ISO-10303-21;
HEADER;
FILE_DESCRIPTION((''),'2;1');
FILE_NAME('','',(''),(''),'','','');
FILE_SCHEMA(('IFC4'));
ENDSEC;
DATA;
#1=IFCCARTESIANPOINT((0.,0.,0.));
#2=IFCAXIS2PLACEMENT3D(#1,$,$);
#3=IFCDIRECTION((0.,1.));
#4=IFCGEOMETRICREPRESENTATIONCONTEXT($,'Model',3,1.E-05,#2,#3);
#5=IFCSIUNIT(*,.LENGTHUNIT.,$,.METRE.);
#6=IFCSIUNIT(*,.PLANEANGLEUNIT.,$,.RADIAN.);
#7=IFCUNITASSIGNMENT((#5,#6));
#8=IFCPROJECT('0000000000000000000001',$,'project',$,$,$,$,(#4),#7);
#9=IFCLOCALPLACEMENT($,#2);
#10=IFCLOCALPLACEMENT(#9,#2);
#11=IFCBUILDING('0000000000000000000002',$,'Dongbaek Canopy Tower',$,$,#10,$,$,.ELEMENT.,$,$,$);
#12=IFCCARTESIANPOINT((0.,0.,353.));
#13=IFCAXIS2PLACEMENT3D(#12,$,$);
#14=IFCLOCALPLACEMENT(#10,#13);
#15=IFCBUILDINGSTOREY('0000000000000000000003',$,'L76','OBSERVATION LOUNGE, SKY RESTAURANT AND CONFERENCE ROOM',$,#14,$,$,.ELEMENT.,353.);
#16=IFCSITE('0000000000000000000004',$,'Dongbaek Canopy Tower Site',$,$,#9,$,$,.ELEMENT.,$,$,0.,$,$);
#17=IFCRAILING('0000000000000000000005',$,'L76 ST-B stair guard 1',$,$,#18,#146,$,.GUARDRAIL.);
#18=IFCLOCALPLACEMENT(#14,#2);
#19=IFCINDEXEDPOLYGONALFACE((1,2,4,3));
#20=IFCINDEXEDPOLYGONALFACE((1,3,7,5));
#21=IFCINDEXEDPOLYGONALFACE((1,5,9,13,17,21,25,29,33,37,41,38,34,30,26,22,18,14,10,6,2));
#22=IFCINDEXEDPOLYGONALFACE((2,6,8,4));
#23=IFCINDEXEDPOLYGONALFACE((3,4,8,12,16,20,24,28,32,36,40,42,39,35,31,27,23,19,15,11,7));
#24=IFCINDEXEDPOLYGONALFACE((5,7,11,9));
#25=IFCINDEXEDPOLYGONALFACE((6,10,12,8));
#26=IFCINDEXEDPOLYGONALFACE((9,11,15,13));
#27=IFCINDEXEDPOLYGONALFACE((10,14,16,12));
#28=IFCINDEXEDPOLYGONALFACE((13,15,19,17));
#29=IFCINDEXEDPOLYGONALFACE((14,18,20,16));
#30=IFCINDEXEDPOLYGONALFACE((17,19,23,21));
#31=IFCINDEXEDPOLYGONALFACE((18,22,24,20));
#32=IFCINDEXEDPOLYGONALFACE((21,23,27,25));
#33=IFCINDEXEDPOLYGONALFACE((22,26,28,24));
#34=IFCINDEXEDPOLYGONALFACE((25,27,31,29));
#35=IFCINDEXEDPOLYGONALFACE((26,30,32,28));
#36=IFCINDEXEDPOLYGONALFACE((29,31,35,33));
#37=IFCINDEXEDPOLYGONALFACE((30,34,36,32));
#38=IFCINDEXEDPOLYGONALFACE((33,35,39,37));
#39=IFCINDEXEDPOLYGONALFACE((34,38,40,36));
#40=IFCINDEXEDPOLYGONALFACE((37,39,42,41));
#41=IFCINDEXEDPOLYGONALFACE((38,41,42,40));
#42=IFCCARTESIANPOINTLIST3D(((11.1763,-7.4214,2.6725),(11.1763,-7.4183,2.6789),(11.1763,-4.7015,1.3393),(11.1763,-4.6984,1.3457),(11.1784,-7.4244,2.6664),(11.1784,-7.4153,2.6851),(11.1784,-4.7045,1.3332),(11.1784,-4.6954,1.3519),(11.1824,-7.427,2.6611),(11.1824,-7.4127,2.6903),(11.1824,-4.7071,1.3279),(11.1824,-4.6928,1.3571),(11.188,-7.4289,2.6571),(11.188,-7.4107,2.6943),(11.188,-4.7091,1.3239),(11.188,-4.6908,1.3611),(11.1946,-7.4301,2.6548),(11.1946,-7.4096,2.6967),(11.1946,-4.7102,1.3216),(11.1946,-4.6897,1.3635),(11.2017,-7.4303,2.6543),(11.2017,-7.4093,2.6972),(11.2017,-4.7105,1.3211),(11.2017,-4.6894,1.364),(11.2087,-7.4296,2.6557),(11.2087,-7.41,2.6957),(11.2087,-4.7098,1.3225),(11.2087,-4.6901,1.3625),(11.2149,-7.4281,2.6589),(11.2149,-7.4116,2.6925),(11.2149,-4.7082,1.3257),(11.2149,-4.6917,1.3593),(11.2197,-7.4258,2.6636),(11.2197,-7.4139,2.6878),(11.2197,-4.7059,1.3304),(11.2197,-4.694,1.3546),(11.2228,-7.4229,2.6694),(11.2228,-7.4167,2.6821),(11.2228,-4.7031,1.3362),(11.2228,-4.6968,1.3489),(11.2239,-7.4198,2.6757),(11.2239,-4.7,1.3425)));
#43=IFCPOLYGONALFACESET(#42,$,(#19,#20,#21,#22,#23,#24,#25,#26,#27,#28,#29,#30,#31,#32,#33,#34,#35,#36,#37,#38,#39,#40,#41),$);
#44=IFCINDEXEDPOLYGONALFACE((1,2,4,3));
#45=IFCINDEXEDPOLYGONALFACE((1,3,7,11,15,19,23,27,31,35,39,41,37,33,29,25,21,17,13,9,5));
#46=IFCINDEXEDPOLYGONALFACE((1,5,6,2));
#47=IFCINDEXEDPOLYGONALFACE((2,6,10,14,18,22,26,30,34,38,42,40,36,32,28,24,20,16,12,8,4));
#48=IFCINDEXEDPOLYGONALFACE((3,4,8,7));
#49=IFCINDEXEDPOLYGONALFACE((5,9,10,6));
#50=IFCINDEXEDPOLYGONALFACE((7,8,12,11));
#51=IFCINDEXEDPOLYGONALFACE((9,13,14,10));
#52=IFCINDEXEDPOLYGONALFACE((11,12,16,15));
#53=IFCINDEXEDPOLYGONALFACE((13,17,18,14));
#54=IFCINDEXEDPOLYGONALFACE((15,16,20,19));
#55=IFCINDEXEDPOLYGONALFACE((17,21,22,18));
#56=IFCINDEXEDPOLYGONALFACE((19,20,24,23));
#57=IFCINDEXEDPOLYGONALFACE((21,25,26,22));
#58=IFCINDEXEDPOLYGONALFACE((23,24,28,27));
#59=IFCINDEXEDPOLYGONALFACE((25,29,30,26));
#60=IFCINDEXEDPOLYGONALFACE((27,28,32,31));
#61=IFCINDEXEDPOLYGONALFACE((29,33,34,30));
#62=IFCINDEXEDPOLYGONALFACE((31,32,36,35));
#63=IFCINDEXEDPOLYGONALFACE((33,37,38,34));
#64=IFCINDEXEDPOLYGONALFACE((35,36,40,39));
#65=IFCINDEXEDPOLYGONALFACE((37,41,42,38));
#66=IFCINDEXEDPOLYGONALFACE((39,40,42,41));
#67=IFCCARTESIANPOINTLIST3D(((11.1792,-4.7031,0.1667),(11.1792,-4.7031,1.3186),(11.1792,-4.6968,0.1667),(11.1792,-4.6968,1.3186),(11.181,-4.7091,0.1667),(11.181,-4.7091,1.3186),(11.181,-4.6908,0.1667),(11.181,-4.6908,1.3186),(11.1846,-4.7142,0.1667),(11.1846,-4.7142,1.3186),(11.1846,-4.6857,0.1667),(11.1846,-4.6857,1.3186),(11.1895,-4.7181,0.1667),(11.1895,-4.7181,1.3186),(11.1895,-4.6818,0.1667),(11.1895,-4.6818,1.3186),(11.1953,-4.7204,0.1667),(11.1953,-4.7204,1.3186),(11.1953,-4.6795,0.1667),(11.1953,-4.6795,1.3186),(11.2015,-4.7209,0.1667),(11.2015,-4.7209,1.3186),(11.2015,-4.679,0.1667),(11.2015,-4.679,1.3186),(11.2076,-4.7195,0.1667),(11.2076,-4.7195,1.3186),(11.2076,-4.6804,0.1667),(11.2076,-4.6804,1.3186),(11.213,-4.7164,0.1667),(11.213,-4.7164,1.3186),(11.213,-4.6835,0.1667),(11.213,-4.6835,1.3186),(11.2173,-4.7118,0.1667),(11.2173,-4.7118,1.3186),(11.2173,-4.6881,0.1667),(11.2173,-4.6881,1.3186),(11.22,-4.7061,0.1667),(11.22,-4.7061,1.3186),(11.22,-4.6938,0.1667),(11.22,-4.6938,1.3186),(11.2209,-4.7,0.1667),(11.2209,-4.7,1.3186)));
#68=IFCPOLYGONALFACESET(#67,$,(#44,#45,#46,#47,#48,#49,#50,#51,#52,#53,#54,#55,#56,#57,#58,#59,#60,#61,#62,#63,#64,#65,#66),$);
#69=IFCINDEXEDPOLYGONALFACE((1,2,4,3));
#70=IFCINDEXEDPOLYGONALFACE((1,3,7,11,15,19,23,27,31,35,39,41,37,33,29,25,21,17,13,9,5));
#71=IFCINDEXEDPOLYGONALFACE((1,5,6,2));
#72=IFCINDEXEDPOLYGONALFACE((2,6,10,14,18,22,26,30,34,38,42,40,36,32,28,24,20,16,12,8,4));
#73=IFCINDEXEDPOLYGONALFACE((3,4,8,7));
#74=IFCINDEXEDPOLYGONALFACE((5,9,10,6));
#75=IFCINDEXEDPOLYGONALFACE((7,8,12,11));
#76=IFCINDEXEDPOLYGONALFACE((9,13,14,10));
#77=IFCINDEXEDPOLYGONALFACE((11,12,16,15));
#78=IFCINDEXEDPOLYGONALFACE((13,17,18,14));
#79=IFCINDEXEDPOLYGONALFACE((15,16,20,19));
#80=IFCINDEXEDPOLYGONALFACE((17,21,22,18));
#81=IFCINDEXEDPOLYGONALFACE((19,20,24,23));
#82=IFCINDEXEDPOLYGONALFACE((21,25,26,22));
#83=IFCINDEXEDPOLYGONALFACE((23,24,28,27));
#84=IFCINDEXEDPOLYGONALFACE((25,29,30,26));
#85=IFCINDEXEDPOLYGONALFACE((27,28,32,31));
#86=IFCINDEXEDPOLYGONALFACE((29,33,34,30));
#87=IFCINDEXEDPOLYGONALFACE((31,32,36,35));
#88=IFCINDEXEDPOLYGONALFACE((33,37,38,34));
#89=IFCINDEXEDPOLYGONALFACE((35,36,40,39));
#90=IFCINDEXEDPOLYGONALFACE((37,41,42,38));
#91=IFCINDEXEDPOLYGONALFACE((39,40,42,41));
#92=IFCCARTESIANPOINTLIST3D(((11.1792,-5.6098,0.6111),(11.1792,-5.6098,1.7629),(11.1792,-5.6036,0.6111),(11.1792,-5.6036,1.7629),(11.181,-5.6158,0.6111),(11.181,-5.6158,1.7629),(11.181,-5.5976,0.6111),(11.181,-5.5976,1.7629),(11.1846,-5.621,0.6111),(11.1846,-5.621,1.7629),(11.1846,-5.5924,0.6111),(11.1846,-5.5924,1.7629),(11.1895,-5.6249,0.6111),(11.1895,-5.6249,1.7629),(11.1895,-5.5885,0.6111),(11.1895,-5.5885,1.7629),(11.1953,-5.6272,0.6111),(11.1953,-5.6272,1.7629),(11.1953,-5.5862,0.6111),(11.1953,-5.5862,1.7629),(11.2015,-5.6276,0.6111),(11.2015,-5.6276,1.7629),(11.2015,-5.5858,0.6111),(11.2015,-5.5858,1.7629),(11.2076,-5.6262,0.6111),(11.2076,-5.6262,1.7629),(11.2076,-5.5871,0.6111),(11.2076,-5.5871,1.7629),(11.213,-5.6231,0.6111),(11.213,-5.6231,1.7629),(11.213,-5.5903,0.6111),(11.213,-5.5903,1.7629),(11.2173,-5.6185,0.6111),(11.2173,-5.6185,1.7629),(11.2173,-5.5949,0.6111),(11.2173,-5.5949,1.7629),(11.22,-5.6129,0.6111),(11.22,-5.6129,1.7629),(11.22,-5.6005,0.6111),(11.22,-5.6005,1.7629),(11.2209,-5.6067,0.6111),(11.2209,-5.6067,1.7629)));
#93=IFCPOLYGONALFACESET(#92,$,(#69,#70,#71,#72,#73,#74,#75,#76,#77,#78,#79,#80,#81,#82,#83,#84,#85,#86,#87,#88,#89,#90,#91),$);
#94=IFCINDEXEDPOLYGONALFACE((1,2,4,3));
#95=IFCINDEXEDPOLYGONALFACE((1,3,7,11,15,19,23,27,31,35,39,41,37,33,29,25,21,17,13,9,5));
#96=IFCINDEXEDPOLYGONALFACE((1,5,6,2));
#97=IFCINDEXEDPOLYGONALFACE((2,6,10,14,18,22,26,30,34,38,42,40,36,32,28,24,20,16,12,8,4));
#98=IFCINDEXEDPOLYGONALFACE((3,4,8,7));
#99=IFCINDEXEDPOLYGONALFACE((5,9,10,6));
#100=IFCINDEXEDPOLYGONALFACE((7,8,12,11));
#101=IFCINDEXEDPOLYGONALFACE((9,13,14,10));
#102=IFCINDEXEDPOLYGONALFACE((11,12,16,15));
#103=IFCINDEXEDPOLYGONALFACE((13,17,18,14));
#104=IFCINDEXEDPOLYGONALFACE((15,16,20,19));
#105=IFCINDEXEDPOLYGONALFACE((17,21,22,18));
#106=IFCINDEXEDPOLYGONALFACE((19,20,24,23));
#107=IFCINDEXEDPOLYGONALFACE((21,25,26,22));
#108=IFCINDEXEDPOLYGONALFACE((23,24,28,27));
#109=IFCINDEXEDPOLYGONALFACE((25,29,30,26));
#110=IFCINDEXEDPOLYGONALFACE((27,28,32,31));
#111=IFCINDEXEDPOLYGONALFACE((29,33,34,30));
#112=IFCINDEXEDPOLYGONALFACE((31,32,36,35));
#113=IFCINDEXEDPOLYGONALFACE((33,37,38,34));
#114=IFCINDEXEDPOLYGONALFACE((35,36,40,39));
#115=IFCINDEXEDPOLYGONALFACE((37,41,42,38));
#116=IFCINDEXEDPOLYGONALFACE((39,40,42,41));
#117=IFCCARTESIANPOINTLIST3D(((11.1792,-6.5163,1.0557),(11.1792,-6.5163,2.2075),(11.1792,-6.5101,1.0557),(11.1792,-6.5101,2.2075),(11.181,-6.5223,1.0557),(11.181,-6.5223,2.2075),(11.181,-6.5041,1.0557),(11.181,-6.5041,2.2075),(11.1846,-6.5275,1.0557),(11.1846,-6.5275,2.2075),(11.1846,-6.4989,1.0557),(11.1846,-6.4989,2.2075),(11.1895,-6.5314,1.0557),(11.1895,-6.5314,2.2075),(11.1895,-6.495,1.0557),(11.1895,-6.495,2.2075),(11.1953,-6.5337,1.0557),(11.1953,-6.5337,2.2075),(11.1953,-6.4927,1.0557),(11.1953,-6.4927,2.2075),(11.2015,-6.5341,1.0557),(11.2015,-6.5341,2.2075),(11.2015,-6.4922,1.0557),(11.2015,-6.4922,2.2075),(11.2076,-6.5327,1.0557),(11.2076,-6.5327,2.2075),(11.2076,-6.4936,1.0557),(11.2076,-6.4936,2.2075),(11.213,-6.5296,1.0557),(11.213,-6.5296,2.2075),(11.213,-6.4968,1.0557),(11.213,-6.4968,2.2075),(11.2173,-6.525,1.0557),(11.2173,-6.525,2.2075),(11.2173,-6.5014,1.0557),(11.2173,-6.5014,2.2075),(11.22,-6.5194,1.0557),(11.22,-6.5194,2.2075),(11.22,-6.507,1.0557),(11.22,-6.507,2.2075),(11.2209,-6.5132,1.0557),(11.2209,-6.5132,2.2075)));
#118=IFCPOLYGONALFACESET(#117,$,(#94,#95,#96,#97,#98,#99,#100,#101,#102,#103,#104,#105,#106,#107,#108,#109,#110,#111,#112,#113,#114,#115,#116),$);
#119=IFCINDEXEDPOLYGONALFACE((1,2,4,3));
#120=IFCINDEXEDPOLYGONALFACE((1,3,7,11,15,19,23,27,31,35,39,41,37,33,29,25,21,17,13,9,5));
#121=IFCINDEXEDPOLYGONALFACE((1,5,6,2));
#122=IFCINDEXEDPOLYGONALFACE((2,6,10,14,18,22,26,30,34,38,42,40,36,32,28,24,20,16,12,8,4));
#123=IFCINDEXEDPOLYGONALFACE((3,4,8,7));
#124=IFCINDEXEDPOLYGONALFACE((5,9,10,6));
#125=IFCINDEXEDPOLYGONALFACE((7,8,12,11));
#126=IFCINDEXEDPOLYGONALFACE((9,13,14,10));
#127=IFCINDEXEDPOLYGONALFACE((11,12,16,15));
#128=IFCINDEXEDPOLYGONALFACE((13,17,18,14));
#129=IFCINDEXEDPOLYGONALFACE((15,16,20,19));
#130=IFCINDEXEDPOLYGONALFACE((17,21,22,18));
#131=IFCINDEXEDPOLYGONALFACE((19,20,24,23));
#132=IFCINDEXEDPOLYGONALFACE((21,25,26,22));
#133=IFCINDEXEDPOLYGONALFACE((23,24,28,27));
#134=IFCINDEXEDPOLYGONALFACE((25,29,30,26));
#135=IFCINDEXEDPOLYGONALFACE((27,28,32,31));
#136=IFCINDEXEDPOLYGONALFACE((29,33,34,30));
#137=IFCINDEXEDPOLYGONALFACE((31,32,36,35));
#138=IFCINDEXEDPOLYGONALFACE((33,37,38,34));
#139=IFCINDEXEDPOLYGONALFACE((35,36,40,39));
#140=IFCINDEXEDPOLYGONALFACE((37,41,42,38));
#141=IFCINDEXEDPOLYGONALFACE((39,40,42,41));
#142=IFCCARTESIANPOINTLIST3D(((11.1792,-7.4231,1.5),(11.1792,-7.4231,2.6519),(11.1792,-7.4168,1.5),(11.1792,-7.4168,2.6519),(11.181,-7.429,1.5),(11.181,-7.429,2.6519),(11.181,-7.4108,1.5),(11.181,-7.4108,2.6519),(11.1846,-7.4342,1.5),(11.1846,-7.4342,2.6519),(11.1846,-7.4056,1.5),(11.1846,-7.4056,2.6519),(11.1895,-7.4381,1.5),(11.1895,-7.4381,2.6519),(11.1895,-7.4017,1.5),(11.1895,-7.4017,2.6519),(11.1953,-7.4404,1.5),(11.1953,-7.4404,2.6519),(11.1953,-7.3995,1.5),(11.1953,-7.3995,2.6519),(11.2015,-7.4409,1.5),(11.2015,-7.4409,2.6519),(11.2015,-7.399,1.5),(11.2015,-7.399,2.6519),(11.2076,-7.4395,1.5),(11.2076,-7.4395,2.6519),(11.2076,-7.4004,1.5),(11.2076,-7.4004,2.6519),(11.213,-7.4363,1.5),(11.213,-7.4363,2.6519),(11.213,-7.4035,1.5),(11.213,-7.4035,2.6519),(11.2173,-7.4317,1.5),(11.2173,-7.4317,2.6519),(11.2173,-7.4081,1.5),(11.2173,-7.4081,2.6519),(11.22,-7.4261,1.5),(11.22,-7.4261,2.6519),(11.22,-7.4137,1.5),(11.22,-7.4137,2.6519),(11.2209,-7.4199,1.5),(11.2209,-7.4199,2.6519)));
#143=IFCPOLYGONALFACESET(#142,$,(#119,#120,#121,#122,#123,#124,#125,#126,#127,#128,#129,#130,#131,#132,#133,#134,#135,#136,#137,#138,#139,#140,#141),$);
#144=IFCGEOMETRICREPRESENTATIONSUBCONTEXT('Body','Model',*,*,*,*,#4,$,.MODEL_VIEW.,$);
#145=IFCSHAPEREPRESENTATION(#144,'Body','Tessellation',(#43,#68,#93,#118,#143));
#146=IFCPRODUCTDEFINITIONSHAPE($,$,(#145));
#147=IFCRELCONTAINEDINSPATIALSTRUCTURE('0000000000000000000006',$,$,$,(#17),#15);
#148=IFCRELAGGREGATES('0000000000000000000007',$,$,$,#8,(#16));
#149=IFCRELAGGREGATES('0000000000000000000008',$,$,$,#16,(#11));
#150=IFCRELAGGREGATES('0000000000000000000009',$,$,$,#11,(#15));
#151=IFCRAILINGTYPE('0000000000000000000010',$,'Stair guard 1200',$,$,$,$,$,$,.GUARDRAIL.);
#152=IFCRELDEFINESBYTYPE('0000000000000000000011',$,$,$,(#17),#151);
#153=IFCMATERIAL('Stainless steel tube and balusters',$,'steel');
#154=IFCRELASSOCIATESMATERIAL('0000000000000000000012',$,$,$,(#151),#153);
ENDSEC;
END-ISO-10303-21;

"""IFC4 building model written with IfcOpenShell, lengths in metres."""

from ifc_helpers import new_model, si_unit, direction, frame, origin, origin_2d, place, context, subcontext, project, spatial, circle, extrude, material, type_object, element, save


model = new_model("IFC4")

# Units and contexts
model_context = context("Model", 3, precision=1e-05, world=origin(), true_north=direction((0.0, 1.0)))
body_context = subcontext(model_context, "Body", "Model", "MODEL_VIEW")
ifc_project = project(units=[si_unit("LENGTHUNIT", "METRE"), si_unit("PLANEANGLEUNIT", "RADIAN")], contexts=[model_context])

# Site, building, storey
site_placement = place(None, origin())
site = spatial("IfcSite", under=ifc_project, at=site_placement, Name="Dongbaek Canopy Tower Site", CompositionType="ELEMENT", RefElevation=0.0)
building_placement = place(site_placement, origin())
building = spatial("IfcBuilding", under=site, at=building_placement, Name="Dongbaek Canopy Tower", CompositionType="ELEMENT")
storey_placement = place(building_placement, frame((0.0, 0.0, 353.0)))
storey = spatial("IfcBuildingStorey", under=building, at=storey_placement, Name="L76", Description="OBSERVATION LOUNGE, SKY RESTAURANT AND CONFERENCE ROOM", CompositionType="ELEMENT", Elevation=353.0)

# Railing
ifc_material_1 = material(Name="Stainless steel tube and balusters", Category="steel")
railing_type_1 = type_object("IfcRailingType", Name="Stair guard 1200", PredefinedType="GUARDRAIL", material=ifc_material_1)
railing_1_placement = place(storey_placement, frame((11.2, -4.7, 0.1667)))
element("IfcRailing", 1, at=railing_1_placement, inside=storey, type_object=railing_type_1, Name="L76 ST-B stair guard 1", PredefinedType="GUARDRAIL", context=body_context, shape_type="SweptSolid", body=[
    extrude(circle(Radius=0.0239, at=origin_2d()), frame((0.0, 0.0, 1.1758), z_axis=(0.0, -0.897929, 0.440139), x_axis=(1.0, 0.0, 0.0)), (0.0, 0.0, 1.0), 3.0291),
    extrude(circle(Radius=0.021, at=origin_2d()), origin(), (0.0, 0.0, 1.0), 1.1519),
    extrude(circle(Radius=0.021, at=origin_2d()), frame((0.0, -0.9067, 0.4443)), (0.0, 0.0, 1.0), 1.1519),
    extrude(circle(Radius=0.021, at=origin_2d()), frame((0.0, -1.8132, 0.8889)), (0.0, 0.0, 1.0), 1.1519),
    extrude(circle(Radius=0.021, at=origin_2d()), frame((0.0, -2.72, 1.3333)), (0.0, 0.0, 1.0), 1.1519),
])

save(model, "model.ifc")
